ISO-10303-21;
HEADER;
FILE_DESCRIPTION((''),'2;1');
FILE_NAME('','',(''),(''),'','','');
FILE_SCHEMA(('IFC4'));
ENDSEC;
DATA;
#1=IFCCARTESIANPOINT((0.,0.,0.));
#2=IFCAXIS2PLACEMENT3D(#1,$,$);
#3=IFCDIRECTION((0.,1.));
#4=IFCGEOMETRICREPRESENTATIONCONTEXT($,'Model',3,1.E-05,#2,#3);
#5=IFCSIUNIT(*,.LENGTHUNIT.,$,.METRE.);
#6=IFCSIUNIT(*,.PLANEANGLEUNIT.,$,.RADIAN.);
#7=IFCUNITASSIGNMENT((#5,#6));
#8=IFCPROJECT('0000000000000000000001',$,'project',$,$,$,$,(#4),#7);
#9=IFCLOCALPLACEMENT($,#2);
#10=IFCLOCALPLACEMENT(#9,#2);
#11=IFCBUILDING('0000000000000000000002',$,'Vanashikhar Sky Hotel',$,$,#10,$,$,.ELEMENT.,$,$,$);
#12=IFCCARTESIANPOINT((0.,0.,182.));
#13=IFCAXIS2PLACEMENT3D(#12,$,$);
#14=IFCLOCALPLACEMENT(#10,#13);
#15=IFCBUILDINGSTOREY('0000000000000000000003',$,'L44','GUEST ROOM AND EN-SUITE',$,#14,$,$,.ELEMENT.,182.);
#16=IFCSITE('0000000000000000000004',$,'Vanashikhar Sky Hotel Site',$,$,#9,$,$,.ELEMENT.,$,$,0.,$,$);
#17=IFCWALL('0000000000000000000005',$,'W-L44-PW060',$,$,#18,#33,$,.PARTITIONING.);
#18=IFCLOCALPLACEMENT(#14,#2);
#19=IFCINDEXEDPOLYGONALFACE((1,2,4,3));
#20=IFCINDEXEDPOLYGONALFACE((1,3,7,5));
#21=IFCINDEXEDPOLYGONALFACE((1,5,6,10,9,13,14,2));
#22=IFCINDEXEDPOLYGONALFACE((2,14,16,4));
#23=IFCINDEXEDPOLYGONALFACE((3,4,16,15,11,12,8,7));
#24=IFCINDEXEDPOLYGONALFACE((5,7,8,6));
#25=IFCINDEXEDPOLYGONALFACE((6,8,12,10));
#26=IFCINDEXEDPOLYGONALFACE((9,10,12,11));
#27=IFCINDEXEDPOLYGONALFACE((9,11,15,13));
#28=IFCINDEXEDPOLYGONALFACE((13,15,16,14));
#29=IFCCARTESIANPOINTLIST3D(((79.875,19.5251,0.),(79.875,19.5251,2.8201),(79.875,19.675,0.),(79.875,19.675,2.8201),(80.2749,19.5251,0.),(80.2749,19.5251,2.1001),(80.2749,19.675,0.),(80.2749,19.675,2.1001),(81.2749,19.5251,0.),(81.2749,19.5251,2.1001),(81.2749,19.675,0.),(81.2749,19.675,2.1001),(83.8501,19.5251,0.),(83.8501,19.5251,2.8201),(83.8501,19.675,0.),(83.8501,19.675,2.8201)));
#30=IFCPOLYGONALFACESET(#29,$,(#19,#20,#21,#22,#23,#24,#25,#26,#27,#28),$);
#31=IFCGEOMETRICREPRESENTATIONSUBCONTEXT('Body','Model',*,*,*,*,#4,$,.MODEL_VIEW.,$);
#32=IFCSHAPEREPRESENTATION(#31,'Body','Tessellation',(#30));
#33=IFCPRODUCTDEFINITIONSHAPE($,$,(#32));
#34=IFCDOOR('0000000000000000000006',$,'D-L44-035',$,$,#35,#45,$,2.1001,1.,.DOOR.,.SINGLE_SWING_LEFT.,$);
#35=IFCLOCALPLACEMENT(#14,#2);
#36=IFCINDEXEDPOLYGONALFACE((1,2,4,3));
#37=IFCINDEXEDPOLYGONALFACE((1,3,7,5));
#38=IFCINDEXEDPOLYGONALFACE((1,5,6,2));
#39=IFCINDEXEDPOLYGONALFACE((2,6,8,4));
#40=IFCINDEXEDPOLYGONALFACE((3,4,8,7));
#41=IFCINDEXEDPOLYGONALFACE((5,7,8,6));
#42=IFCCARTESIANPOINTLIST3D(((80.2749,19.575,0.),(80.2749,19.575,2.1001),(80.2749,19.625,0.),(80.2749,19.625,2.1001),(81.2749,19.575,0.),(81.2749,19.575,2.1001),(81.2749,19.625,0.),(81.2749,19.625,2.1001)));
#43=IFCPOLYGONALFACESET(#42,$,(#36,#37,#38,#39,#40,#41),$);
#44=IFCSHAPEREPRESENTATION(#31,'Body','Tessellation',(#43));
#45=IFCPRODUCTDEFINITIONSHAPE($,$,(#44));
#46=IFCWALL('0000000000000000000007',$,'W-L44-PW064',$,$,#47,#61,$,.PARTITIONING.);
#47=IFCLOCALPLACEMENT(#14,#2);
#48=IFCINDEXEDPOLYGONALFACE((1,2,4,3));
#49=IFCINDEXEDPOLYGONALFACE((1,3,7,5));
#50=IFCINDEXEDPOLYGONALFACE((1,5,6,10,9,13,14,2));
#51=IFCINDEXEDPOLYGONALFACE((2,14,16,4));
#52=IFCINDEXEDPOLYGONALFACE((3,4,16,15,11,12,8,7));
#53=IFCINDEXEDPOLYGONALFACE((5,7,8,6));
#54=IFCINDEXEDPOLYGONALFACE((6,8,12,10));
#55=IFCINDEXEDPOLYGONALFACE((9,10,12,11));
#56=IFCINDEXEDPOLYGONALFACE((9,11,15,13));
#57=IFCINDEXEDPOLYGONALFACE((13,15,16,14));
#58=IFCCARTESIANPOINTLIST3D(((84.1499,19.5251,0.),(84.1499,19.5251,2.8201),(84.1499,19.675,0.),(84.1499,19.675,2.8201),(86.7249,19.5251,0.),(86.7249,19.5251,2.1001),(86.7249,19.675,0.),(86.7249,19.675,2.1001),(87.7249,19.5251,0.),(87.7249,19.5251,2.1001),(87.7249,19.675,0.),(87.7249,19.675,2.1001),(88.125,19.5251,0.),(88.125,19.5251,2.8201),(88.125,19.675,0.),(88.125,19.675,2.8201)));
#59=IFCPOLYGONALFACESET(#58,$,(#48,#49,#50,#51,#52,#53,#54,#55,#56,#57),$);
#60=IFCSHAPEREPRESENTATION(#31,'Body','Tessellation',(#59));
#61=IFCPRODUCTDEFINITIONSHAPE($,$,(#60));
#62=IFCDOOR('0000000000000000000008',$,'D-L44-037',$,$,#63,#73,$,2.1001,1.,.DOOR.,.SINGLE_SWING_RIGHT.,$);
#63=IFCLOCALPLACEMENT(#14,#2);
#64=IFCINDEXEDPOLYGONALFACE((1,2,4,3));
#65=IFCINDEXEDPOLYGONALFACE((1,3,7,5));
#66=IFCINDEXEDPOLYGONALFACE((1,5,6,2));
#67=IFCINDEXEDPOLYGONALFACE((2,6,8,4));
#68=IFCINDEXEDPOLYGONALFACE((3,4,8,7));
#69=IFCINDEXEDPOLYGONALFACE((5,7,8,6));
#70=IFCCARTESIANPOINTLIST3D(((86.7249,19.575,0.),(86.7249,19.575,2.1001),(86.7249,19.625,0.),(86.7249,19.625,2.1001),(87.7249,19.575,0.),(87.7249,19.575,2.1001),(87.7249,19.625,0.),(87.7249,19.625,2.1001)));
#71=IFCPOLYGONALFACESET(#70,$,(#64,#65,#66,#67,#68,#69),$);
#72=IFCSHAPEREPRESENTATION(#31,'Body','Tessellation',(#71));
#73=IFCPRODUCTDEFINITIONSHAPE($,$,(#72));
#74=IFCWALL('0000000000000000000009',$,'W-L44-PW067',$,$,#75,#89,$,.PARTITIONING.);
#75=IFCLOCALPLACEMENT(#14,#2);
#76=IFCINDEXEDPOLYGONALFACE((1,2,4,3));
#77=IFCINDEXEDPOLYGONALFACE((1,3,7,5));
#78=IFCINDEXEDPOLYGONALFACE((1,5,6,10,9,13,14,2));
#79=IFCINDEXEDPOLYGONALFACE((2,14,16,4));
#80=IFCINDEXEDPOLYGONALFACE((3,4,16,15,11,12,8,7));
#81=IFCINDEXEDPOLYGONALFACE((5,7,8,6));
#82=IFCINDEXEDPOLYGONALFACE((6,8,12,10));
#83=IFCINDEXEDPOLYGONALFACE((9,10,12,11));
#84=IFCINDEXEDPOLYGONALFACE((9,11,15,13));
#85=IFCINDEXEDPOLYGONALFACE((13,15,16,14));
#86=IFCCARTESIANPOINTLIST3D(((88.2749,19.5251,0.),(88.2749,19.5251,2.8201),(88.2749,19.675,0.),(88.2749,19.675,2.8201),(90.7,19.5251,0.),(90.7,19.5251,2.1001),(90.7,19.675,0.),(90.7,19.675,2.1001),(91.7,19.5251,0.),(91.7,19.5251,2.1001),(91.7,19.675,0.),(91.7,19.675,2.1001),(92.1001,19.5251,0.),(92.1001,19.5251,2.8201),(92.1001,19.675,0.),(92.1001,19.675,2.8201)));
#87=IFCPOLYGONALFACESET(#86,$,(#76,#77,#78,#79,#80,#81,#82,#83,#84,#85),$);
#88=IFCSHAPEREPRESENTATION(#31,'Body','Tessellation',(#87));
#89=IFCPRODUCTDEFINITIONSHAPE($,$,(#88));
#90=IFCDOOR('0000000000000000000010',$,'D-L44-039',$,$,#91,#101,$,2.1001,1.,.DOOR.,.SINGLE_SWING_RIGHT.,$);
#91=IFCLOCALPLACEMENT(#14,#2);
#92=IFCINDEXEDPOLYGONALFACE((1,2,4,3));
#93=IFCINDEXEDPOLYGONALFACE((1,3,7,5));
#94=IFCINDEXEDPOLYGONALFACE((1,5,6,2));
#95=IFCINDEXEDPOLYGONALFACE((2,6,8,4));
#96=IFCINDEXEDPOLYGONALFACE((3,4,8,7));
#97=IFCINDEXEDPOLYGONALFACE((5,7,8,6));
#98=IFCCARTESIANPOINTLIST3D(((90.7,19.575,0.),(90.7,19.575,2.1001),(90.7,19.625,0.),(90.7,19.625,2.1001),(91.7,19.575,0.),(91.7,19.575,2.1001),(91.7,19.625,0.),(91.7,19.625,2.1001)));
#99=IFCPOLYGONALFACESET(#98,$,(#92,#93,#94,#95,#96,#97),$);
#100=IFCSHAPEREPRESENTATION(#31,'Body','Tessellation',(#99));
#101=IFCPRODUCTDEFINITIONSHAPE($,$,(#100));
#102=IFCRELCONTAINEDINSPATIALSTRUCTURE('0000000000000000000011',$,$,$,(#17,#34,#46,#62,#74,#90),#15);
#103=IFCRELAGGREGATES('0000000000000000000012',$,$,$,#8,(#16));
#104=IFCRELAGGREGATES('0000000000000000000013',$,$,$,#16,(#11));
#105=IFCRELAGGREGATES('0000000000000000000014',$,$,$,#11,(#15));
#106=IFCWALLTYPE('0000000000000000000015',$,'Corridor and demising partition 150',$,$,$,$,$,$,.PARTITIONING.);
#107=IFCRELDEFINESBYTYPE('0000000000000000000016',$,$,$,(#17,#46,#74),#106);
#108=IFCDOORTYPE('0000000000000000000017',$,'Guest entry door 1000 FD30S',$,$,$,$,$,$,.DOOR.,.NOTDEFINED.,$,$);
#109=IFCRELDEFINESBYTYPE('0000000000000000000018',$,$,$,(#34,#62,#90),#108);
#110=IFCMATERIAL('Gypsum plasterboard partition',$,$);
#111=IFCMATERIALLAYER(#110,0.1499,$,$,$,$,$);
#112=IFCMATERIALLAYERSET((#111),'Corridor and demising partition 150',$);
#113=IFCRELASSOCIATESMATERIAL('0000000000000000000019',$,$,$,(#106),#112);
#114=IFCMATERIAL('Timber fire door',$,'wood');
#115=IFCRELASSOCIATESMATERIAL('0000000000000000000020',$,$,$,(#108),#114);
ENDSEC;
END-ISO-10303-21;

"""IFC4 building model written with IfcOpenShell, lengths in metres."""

from ifc_helpers import new_model, si_unit, direction, frame, frame_2d, origin, place, context, subcontext, project, spatial, rectangle, extrude, source, transform, mapped, material, layer, layer_set, type_object, element, fill, save


model = new_model("IFC4")

# Units and contexts
model_context = context("Model", 3, precision=1e-05, world=origin(), true_north=direction((0.0, 1.0)))
body_context = subcontext(model_context, "Body", "Model", "MODEL_VIEW")
ifc_project = project(units=[si_unit("LENGTHUNIT", "METRE"), si_unit("PLANEANGLEUNIT", "RADIAN")], contexts=[model_context])

# Site, building, storey
site_placement = place(None, origin())
site = spatial("IfcSite", under=ifc_project, at=site_placement, Name="Vanashikhar Sky Hotel Site", CompositionType="ELEMENT", RefElevation=0.0)
building_placement = place(site_placement, origin())
building = spatial("IfcBuilding", under=site, at=building_placement, Name="Vanashikhar Sky Hotel", CompositionType="ELEMENT")
storey_placement = place(building_placement, frame((0.0, 0.0, 182.0)))
storey = spatial("IfcBuildingStorey", under=building, at=storey_placement, Name="L44", Description="GUEST ROOM AND EN-SUITE", CompositionType="ELEMENT", Elevation=182.0)

# Shared definitions
ifc_material_1 = material(Name="Gypsum plasterboard partition")

# Walls, openings, doors
ifc_layer_1 = layer(ifc_material_1, 0.1499)
ifc_layer_set_1 = layer_set([ifc_layer_1], Name="Corridor and demising partition 150")
wall_type_1 = type_object("IfcWallType", Name="Corridor and demising partition 150", PredefinedType="PARTITIONING", material=ifc_layer_set_1)
shared_shape_1 = source(origin(), body_context, "Body", "SweptSolid", [
    extrude(rectangle(XDim=3.9751, YDim=0.1499, at=frame_2d((1.9875, 0.0))), origin(), (0.0, 0.0, 1.0), 2.8201),
])
wall_1_placement = place(storey_placement, frame((79.875, 19.6001, 0.0), z_axis=(0.0, 0.0, 1.0), x_axis=(1.0, 0.0, 0.0)))
wall_1 = element("IfcWall", 1, at=wall_1_placement, inside=storey, type_object=wall_type_1, Name="W-L44-PW060", PredefinedType="PARTITIONING", context=body_context, shape_type="MappedRepresentation", body=[
    mapped(shared_shape_1, transform((0.0, 0.0, 0.0), scale=1.0)),
])
shared_shape_2 = source(origin(), body_context, "Body", "SweptSolid", [
    extrude(rectangle(XDim=1.0, YDim=2.1001, at=frame_2d((0.5, 1.05))), frame((0.0, 0.085, 0.0), z_axis=(0.0, -1.0, 0.0), x_axis=(1.0, 0.0, 0.0)), (0.0, 0.0, 1.0), 0.1699),
])
opening_1_placement = place(wall_1_placement, frame((0.3999, 0.0, 0.0)))
opening_1 = element("IfcOpeningElement", 2, at=opening_1_placement, cuts=wall_1, PredefinedType="OPENING", context=body_context, shape_type="MappedRepresentation", body=[
    mapped(shared_shape_2, transform((0.0, 0.0, 0.0), scale=1.0)),
])
ifc_material_2 = material(Name="Timber fire door", Category="wood")
door_type_1 = type_object("IfcDoorType", Name="Guest entry door 1000 FD30S", OperationType="NOTDEFINED", PredefinedType="DOOR", material=ifc_material_2)
shared_shape_3 = source(origin(), body_context, "Body", "SweptSolid", [
    extrude(rectangle(XDim=1.0, YDim=2.1001, at=frame_2d((0.5, 1.05))), frame((0.0, 0.0249, 0.0), z_axis=(0.0, -1.0, 0.0), x_axis=(1.0, 0.0, 0.0)), (0.0, 0.0, 1.0), 0.05),
])
door_1_placement = place(opening_1_placement, origin())
door_1 = element("IfcDoor", 3, at=door_1_placement, inside=storey, type_object=door_type_1, Name="D-L44-035", OperationType="SINGLE_SWING_LEFT", OverallHeight=2.1001, OverallWidth=1.0, PredefinedType="DOOR", context=body_context, shape_type="MappedRepresentation", body=[
    mapped(shared_shape_3, transform((0.0, 0.0, 0.0), scale=1.0)),
])
fill(opening_1, door_1)
wall_2_placement = place(storey_placement, frame((84.1499, 19.6001, 0.0), z_axis=(0.0, 0.0, 1.0), x_axis=(1.0, 0.0, 0.0)))
wall_2 = element("IfcWall", 4, at=wall_2_placement, inside=storey, type_object=wall_type_1, Name="W-L44-PW064", PredefinedType="PARTITIONING", context=body_context, shape_type="MappedRepresentation", body=[
    mapped(shared_shape_1, transform((0.0, 0.0, 0.0), scale=1.0)),
])
opening_2_placement = place(wall_2_placement, frame((2.575, 0.0, 0.0)))
opening_2 = element("IfcOpeningElement", 5, at=opening_2_placement, cuts=wall_2, PredefinedType="OPENING", context=body_context, shape_type="MappedRepresentation", body=[
    mapped(shared_shape_2, transform((0.0, 0.0, 0.0), scale=1.0)),
])
door_2_placement = place(opening_2_placement, origin())
door_2 = element("IfcDoor", 6, at=door_2_placement, inside=storey, type_object=door_type_1, Name="D-L44-037", OperationType="SINGLE_SWING_RIGHT", OverallHeight=2.1001, OverallWidth=1.0, PredefinedType="DOOR", context=body_context, shape_type="MappedRepresentation", body=[
    mapped(shared_shape_3, transform((0.0, 0.0, 0.0), scale=1.0)),
])
fill(opening_2, door_2)
shared_shape_4 = source(origin(), body_context, "Body", "SweptSolid", [
    extrude(rectangle(XDim=3.8252, YDim=0.1499, at=frame_2d((1.9126, 0.0))), origin(), (0.0, 0.0, 1.0), 2.8201),
])
wall_3_placement = place(storey_placement, frame((88.2749, 19.6001, 0.0), z_axis=(0.0, 0.0, 1.0), x_axis=(1.0, 0.0, 0.0)))
wall_3 = element("IfcWall", 7, at=wall_3_placement, inside=storey, type_object=wall_type_1, Name="W-L44-PW067", PredefinedType="PARTITIONING", context=body_context, shape_type="MappedRepresentation", body=[
    mapped(shared_shape_4, transform((0.0, 0.0, 0.0), scale=1.0)),
])
opening_3_placement = place(wall_3_placement, frame((2.425, 0.0, 0.0)))
opening_3 = element("IfcOpeningElement", 8, at=opening_3_placement, cuts=wall_3, PredefinedType="OPENING", context=body_context, shape_type="MappedRepresentation", body=[
    mapped(shared_shape_2, transform((0.0, 0.0, 0.0), scale=1.0)),
])
door_3_placement = place(opening_3_placement, origin())
door_3 = element("IfcDoor", 9, at=door_3_placement, inside=storey, type_object=door_type_1, Name="D-L44-039", OperationType="SINGLE_SWING_RIGHT", OverallHeight=2.1001, OverallWidth=1.0, PredefinedType="DOOR", context=body_context, shape_type="MappedRepresentation", body=[
    mapped(shared_shape_3, transform((0.0, 0.0, 0.0), scale=1.0)),
])
fill(opening_3, door_3)

save(model, "model.ifc")
